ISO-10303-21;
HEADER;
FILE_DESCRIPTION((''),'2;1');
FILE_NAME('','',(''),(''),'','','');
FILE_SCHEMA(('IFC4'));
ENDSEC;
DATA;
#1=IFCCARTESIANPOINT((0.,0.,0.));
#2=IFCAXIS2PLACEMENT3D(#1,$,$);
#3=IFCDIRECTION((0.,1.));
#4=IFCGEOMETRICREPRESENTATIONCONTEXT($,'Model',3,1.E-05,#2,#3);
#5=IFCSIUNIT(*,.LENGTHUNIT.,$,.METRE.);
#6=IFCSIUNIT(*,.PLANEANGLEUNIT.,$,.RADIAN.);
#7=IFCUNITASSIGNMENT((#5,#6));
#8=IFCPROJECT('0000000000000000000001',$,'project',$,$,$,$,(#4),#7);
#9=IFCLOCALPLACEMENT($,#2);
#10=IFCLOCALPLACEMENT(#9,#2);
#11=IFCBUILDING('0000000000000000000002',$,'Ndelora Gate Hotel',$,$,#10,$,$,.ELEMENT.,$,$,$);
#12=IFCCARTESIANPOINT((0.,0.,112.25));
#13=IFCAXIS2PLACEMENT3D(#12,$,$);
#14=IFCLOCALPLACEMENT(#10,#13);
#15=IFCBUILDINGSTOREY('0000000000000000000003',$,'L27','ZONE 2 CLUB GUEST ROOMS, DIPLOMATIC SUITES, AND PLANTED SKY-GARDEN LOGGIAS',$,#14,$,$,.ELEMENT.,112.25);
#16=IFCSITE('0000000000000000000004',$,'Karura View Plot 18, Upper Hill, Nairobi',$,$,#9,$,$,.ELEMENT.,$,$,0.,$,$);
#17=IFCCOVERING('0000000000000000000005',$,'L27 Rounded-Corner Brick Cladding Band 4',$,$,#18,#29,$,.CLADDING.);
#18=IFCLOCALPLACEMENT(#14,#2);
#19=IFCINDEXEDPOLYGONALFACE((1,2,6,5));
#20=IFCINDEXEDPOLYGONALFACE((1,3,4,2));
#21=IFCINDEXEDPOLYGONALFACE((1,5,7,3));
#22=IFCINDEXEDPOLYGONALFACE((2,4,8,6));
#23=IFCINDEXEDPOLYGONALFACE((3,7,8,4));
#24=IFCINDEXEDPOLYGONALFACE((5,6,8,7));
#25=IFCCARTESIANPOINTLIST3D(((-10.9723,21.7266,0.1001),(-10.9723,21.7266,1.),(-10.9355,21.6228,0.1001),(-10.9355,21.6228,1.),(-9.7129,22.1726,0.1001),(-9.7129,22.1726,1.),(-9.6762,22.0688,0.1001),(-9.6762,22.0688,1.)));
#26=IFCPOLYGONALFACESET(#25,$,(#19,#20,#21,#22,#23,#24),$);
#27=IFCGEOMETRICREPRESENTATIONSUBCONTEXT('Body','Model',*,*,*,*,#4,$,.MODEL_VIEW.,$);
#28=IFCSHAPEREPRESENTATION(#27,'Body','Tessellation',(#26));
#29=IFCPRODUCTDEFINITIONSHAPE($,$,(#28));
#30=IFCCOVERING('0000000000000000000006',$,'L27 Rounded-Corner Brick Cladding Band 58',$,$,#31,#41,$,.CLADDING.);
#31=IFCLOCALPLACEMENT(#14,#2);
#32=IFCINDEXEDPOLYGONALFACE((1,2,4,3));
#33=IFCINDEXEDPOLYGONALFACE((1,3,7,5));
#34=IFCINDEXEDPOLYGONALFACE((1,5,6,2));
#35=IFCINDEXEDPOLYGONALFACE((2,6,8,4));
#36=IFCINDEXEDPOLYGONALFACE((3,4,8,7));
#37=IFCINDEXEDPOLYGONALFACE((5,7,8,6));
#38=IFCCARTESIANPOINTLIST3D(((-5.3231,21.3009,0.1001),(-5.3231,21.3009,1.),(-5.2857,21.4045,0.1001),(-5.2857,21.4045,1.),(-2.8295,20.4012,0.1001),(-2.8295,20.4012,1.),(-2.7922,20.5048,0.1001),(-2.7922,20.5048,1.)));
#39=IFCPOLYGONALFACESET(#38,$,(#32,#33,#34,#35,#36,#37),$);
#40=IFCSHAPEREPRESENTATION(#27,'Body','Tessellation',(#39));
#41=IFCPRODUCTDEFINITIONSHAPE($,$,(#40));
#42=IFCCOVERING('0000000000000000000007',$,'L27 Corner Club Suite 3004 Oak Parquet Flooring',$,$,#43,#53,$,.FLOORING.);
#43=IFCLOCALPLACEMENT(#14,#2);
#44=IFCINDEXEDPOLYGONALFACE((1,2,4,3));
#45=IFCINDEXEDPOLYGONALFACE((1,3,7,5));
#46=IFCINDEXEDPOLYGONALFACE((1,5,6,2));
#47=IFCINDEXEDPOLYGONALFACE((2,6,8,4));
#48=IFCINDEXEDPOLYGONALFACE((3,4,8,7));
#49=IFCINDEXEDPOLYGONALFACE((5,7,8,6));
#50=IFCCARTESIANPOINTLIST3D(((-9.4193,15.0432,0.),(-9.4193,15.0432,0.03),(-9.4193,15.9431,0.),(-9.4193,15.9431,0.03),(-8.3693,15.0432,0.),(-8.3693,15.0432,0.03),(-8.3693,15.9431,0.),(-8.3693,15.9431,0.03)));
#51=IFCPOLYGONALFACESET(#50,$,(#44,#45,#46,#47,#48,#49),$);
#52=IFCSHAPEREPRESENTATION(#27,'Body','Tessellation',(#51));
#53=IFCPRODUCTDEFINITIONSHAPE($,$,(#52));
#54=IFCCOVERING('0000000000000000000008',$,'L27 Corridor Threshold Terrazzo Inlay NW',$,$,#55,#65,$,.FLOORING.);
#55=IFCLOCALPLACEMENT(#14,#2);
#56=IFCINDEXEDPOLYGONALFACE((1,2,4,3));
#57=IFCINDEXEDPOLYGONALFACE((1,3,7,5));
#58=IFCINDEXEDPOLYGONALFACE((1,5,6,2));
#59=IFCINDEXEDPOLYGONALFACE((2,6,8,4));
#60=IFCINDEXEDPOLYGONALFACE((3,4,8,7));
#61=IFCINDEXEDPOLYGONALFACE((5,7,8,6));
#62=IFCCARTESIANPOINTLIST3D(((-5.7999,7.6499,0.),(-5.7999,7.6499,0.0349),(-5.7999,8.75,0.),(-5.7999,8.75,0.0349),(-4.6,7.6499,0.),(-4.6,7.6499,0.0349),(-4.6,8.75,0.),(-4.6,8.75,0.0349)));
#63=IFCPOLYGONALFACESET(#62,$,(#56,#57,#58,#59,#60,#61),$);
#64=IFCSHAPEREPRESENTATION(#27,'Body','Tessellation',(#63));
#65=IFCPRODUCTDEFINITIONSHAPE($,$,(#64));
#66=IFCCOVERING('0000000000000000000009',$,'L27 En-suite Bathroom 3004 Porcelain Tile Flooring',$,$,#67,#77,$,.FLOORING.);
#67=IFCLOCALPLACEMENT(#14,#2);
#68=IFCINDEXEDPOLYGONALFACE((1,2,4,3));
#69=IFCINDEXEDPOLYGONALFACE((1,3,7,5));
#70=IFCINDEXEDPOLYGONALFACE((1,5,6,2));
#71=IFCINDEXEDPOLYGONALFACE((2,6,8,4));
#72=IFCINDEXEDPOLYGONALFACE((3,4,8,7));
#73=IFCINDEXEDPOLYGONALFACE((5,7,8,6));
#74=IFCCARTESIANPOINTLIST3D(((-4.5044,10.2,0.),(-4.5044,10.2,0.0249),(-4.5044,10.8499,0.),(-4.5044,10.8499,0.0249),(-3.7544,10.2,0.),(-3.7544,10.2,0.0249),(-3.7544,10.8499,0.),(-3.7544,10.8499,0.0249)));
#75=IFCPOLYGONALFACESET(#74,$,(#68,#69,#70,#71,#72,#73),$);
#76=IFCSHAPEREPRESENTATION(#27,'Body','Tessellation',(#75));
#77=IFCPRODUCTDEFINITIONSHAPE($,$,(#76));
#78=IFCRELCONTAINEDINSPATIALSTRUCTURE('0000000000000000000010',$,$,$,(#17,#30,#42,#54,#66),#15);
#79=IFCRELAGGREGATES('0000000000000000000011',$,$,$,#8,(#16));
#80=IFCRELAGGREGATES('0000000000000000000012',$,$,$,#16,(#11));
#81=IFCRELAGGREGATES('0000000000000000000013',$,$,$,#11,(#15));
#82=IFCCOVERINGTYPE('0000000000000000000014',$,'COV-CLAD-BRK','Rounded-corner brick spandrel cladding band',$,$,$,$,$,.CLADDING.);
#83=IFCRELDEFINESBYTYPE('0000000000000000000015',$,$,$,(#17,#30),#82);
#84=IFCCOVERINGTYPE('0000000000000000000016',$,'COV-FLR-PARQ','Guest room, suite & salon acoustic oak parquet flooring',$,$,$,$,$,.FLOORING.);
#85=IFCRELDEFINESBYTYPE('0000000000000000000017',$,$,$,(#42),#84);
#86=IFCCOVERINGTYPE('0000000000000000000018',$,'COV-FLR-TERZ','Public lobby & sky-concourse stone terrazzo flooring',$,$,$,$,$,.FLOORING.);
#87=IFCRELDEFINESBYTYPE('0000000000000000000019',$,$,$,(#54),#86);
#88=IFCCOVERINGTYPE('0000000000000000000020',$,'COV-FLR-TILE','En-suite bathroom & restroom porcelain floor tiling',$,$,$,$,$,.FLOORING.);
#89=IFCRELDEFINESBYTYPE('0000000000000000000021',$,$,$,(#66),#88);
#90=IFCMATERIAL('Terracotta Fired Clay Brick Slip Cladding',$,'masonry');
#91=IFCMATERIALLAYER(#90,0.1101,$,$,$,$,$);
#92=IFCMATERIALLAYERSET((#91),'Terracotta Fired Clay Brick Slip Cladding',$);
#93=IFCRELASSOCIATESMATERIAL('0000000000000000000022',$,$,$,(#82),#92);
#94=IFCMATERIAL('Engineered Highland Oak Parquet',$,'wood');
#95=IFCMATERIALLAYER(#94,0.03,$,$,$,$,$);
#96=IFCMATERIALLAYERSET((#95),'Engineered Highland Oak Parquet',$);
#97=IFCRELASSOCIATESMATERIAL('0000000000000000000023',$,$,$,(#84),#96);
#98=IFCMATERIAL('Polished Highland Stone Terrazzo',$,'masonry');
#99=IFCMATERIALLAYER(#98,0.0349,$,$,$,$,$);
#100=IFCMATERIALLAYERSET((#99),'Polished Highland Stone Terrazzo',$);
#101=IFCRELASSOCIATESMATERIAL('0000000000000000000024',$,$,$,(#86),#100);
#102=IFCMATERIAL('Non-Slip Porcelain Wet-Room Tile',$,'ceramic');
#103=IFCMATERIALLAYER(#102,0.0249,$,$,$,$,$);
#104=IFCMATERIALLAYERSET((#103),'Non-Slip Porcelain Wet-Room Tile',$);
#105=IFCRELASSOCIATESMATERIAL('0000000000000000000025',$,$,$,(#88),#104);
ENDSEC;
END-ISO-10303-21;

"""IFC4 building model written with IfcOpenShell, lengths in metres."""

from ifc_helpers import new_model, si_unit, direction, frame, origin, origin_2d, place, context, subcontext, project, spatial, rectangle, extrude, material, layer, layer_set, type_object, element, save


model = new_model("IFC4")

# Units and contexts
model_context = context("Model", 3, precision=1e-05, world=origin(), true_north=direction((0.0, 1.0)))
body_context = subcontext(model_context, "Body", "Model", "MODEL_VIEW")
ifc_project = project(units=[si_unit("LENGTHUNIT", "METRE"), si_unit("PLANEANGLEUNIT", "RADIAN")], contexts=[model_context])

# Site, building, storey
site_placement = place(None, origin())
site = spatial("IfcSite", under=ifc_project, at=site_placement, Name="Karura View Plot 18, Upper Hill, Nairobi", CompositionType="ELEMENT", RefElevation=0.0)
building_placement = place(site_placement, origin())
building = spatial("IfcBuilding", under=site, at=building_placement, Name="Ndelora Gate Hotel", CompositionType="ELEMENT")
storey_placement = place(building_placement, frame((0.0, 0.0, 112.25)))
storey = spatial("IfcBuildingStorey", under=building, at=storey_placement, Name="L27", Description="ZONE 2 CLUB GUEST ROOMS, DIPLOMATIC SUITES, AND PLANTED SKY-GARDEN LOGGIAS", CompositionType="ELEMENT", Elevation=112.25)

# Coverings
ifc_material_1 = material(Name="Terracotta Fired Clay Brick Slip Cladding", Category="masonry")
ifc_layer_1 = layer(ifc_material_1, 0.1101)
ifc_layer_set_1 = layer_set([ifc_layer_1], Name="Terracotta Fired Clay Brick Slip Cladding")
covering_type_1 = type_object("IfcCoveringType", Name="COV-CLAD-BRK", Description="Rounded-corner brick spandrel cladding band", PredefinedType="CLADDING", material=ifc_layer_set_1)
for number, where, z_axis, x_axis, name in (
    (1, (-10.3242, 21.8977, 0.1001), (0.0, 0.0, 1.0), (0.942641, 0.333807, 0.0), "L27 Rounded-Corner Brick Cladding Band 4"),
):
    element("IfcCovering", number, at=place(storey_placement, frame(where, z_axis=z_axis, x_axis=x_axis)), inside=storey, type_object=covering_type_1, Name=name, PredefinedType="CLADDING", context=body_context, shape_type="SweptSolid", body=[
        extrude(rectangle(XDim=1.3359, YDim=0.1101, at=origin_2d()), origin(), (0.0, 0.0, 1.0), 0.8999),
    ])
covering_1_placement = place(storey_placement, frame((-4.0576, 20.9028, 0.1001), z_axis=(0.0, 0.0, 1.0), x_axis=(-0.940644, 0.339395, 0.0)))
element("IfcCovering", 2, at=covering_1_placement, inside=storey, type_object=covering_type_1, Name="L27 Rounded-Corner Brick Cladding Band 58", PredefinedType="CLADDING", context=body_context, shape_type="SweptSolid", body=[
    extrude(rectangle(XDim=2.6509, YDim=0.1101, at=origin_2d()), origin(), (0.0, 0.0, 1.0), 0.8999),
])
ifc_material_2 = material(Name="Engineered Highland Oak Parquet", Category="wood")
ifc_layer_2 = layer(ifc_material_2, 0.03)
ifc_layer_set_2 = layer_set([ifc_layer_2], Name="Engineered Highland Oak Parquet")
covering_type_2 = type_object("IfcCoveringType", Name="COV-FLR-PARQ", Description="Guest room, suite & salon acoustic oak parquet flooring", PredefinedType="FLOORING", material=ifc_layer_set_2)
covering_2_placement = place(storey_placement, frame((-8.8943, 15.4932, 0.0), z_axis=(0.0, 0.0, 1.0), x_axis=(1.0, 0.0, 0.0)))
element("IfcCovering", 3, at=covering_2_placement, inside=storey, type_object=covering_type_2, Name="L27 Corner Club Suite 3004 Oak Parquet Flooring", PredefinedType="FLOORING", context=body_context, shape_type="SweptSolid", body=[
    extrude(rectangle(XDim=1.05, YDim=0.8999, at=origin_2d()), origin(), (0.0, 0.0, 1.0), 0.03),
])
ifc_material_3 = material(Name="Polished Highland Stone Terrazzo", Category="masonry")
ifc_layer_3 = layer(ifc_material_3, 0.0349)
ifc_layer_set_3 = layer_set([ifc_layer_3], Name="Polished Highland Stone Terrazzo")
covering_type_3 = type_object("IfcCoveringType", Name="COV-FLR-TERZ", Description="Public lobby & sky-concourse stone terrazzo flooring", PredefinedType="FLOORING", material=ifc_layer_set_3)
covering_3_placement = place(storey_placement, frame((-5.2, 8.2, 0.0), z_axis=(0.0, 0.0, 1.0), x_axis=(1.0, 0.0, 0.0)))
element("IfcCovering", 4, at=covering_3_placement, inside=storey, type_object=covering_type_3, Name="L27 Corridor Threshold Terrazzo Inlay NW", PredefinedType="FLOORING", context=body_context, shape_type="SweptSolid", body=[
    extrude(rectangle(XDim=1.2, YDim=1.1001, at=origin_2d()), origin(), (0.0, 0.0, 1.0), 0.0349),
])
ifc_material_4 = material(Name="Non-Slip Porcelain Wet-Room Tile", Category="ceramic")
ifc_layer_4 = layer(ifc_material_4, 0.0249)
ifc_layer_set_4 = layer_set([ifc_layer_4], Name="Non-Slip Porcelain Wet-Room Tile")
covering_type_4 = type_object("IfcCoveringType", Name="COV-FLR-TILE", Description="En-suite bathroom & restroom porcelain floor tiling", PredefinedType="FLOORING", material=ifc_layer_set_4)
covering_4_placement = place(storey_placement, frame((-4.1294, 10.5249, 0.0), z_axis=(0.0, 0.0, 1.0), x_axis=(1.0, 0.0, 0.0)))
element("IfcCovering", 5, at=covering_4_placement, inside=storey, type_object=covering_type_4, Name="L27 En-suite Bathroom 3004 Porcelain Tile Flooring", PredefinedType="FLOORING", context=body_context, shape_type="SweptSolid", body=[
    extrude(rectangle(XDim=0.75, YDim=0.6499, at=origin_2d()), origin(), (0.0, 0.0, 1.0), 0.0249),
])

save(model, "model.ifc")
